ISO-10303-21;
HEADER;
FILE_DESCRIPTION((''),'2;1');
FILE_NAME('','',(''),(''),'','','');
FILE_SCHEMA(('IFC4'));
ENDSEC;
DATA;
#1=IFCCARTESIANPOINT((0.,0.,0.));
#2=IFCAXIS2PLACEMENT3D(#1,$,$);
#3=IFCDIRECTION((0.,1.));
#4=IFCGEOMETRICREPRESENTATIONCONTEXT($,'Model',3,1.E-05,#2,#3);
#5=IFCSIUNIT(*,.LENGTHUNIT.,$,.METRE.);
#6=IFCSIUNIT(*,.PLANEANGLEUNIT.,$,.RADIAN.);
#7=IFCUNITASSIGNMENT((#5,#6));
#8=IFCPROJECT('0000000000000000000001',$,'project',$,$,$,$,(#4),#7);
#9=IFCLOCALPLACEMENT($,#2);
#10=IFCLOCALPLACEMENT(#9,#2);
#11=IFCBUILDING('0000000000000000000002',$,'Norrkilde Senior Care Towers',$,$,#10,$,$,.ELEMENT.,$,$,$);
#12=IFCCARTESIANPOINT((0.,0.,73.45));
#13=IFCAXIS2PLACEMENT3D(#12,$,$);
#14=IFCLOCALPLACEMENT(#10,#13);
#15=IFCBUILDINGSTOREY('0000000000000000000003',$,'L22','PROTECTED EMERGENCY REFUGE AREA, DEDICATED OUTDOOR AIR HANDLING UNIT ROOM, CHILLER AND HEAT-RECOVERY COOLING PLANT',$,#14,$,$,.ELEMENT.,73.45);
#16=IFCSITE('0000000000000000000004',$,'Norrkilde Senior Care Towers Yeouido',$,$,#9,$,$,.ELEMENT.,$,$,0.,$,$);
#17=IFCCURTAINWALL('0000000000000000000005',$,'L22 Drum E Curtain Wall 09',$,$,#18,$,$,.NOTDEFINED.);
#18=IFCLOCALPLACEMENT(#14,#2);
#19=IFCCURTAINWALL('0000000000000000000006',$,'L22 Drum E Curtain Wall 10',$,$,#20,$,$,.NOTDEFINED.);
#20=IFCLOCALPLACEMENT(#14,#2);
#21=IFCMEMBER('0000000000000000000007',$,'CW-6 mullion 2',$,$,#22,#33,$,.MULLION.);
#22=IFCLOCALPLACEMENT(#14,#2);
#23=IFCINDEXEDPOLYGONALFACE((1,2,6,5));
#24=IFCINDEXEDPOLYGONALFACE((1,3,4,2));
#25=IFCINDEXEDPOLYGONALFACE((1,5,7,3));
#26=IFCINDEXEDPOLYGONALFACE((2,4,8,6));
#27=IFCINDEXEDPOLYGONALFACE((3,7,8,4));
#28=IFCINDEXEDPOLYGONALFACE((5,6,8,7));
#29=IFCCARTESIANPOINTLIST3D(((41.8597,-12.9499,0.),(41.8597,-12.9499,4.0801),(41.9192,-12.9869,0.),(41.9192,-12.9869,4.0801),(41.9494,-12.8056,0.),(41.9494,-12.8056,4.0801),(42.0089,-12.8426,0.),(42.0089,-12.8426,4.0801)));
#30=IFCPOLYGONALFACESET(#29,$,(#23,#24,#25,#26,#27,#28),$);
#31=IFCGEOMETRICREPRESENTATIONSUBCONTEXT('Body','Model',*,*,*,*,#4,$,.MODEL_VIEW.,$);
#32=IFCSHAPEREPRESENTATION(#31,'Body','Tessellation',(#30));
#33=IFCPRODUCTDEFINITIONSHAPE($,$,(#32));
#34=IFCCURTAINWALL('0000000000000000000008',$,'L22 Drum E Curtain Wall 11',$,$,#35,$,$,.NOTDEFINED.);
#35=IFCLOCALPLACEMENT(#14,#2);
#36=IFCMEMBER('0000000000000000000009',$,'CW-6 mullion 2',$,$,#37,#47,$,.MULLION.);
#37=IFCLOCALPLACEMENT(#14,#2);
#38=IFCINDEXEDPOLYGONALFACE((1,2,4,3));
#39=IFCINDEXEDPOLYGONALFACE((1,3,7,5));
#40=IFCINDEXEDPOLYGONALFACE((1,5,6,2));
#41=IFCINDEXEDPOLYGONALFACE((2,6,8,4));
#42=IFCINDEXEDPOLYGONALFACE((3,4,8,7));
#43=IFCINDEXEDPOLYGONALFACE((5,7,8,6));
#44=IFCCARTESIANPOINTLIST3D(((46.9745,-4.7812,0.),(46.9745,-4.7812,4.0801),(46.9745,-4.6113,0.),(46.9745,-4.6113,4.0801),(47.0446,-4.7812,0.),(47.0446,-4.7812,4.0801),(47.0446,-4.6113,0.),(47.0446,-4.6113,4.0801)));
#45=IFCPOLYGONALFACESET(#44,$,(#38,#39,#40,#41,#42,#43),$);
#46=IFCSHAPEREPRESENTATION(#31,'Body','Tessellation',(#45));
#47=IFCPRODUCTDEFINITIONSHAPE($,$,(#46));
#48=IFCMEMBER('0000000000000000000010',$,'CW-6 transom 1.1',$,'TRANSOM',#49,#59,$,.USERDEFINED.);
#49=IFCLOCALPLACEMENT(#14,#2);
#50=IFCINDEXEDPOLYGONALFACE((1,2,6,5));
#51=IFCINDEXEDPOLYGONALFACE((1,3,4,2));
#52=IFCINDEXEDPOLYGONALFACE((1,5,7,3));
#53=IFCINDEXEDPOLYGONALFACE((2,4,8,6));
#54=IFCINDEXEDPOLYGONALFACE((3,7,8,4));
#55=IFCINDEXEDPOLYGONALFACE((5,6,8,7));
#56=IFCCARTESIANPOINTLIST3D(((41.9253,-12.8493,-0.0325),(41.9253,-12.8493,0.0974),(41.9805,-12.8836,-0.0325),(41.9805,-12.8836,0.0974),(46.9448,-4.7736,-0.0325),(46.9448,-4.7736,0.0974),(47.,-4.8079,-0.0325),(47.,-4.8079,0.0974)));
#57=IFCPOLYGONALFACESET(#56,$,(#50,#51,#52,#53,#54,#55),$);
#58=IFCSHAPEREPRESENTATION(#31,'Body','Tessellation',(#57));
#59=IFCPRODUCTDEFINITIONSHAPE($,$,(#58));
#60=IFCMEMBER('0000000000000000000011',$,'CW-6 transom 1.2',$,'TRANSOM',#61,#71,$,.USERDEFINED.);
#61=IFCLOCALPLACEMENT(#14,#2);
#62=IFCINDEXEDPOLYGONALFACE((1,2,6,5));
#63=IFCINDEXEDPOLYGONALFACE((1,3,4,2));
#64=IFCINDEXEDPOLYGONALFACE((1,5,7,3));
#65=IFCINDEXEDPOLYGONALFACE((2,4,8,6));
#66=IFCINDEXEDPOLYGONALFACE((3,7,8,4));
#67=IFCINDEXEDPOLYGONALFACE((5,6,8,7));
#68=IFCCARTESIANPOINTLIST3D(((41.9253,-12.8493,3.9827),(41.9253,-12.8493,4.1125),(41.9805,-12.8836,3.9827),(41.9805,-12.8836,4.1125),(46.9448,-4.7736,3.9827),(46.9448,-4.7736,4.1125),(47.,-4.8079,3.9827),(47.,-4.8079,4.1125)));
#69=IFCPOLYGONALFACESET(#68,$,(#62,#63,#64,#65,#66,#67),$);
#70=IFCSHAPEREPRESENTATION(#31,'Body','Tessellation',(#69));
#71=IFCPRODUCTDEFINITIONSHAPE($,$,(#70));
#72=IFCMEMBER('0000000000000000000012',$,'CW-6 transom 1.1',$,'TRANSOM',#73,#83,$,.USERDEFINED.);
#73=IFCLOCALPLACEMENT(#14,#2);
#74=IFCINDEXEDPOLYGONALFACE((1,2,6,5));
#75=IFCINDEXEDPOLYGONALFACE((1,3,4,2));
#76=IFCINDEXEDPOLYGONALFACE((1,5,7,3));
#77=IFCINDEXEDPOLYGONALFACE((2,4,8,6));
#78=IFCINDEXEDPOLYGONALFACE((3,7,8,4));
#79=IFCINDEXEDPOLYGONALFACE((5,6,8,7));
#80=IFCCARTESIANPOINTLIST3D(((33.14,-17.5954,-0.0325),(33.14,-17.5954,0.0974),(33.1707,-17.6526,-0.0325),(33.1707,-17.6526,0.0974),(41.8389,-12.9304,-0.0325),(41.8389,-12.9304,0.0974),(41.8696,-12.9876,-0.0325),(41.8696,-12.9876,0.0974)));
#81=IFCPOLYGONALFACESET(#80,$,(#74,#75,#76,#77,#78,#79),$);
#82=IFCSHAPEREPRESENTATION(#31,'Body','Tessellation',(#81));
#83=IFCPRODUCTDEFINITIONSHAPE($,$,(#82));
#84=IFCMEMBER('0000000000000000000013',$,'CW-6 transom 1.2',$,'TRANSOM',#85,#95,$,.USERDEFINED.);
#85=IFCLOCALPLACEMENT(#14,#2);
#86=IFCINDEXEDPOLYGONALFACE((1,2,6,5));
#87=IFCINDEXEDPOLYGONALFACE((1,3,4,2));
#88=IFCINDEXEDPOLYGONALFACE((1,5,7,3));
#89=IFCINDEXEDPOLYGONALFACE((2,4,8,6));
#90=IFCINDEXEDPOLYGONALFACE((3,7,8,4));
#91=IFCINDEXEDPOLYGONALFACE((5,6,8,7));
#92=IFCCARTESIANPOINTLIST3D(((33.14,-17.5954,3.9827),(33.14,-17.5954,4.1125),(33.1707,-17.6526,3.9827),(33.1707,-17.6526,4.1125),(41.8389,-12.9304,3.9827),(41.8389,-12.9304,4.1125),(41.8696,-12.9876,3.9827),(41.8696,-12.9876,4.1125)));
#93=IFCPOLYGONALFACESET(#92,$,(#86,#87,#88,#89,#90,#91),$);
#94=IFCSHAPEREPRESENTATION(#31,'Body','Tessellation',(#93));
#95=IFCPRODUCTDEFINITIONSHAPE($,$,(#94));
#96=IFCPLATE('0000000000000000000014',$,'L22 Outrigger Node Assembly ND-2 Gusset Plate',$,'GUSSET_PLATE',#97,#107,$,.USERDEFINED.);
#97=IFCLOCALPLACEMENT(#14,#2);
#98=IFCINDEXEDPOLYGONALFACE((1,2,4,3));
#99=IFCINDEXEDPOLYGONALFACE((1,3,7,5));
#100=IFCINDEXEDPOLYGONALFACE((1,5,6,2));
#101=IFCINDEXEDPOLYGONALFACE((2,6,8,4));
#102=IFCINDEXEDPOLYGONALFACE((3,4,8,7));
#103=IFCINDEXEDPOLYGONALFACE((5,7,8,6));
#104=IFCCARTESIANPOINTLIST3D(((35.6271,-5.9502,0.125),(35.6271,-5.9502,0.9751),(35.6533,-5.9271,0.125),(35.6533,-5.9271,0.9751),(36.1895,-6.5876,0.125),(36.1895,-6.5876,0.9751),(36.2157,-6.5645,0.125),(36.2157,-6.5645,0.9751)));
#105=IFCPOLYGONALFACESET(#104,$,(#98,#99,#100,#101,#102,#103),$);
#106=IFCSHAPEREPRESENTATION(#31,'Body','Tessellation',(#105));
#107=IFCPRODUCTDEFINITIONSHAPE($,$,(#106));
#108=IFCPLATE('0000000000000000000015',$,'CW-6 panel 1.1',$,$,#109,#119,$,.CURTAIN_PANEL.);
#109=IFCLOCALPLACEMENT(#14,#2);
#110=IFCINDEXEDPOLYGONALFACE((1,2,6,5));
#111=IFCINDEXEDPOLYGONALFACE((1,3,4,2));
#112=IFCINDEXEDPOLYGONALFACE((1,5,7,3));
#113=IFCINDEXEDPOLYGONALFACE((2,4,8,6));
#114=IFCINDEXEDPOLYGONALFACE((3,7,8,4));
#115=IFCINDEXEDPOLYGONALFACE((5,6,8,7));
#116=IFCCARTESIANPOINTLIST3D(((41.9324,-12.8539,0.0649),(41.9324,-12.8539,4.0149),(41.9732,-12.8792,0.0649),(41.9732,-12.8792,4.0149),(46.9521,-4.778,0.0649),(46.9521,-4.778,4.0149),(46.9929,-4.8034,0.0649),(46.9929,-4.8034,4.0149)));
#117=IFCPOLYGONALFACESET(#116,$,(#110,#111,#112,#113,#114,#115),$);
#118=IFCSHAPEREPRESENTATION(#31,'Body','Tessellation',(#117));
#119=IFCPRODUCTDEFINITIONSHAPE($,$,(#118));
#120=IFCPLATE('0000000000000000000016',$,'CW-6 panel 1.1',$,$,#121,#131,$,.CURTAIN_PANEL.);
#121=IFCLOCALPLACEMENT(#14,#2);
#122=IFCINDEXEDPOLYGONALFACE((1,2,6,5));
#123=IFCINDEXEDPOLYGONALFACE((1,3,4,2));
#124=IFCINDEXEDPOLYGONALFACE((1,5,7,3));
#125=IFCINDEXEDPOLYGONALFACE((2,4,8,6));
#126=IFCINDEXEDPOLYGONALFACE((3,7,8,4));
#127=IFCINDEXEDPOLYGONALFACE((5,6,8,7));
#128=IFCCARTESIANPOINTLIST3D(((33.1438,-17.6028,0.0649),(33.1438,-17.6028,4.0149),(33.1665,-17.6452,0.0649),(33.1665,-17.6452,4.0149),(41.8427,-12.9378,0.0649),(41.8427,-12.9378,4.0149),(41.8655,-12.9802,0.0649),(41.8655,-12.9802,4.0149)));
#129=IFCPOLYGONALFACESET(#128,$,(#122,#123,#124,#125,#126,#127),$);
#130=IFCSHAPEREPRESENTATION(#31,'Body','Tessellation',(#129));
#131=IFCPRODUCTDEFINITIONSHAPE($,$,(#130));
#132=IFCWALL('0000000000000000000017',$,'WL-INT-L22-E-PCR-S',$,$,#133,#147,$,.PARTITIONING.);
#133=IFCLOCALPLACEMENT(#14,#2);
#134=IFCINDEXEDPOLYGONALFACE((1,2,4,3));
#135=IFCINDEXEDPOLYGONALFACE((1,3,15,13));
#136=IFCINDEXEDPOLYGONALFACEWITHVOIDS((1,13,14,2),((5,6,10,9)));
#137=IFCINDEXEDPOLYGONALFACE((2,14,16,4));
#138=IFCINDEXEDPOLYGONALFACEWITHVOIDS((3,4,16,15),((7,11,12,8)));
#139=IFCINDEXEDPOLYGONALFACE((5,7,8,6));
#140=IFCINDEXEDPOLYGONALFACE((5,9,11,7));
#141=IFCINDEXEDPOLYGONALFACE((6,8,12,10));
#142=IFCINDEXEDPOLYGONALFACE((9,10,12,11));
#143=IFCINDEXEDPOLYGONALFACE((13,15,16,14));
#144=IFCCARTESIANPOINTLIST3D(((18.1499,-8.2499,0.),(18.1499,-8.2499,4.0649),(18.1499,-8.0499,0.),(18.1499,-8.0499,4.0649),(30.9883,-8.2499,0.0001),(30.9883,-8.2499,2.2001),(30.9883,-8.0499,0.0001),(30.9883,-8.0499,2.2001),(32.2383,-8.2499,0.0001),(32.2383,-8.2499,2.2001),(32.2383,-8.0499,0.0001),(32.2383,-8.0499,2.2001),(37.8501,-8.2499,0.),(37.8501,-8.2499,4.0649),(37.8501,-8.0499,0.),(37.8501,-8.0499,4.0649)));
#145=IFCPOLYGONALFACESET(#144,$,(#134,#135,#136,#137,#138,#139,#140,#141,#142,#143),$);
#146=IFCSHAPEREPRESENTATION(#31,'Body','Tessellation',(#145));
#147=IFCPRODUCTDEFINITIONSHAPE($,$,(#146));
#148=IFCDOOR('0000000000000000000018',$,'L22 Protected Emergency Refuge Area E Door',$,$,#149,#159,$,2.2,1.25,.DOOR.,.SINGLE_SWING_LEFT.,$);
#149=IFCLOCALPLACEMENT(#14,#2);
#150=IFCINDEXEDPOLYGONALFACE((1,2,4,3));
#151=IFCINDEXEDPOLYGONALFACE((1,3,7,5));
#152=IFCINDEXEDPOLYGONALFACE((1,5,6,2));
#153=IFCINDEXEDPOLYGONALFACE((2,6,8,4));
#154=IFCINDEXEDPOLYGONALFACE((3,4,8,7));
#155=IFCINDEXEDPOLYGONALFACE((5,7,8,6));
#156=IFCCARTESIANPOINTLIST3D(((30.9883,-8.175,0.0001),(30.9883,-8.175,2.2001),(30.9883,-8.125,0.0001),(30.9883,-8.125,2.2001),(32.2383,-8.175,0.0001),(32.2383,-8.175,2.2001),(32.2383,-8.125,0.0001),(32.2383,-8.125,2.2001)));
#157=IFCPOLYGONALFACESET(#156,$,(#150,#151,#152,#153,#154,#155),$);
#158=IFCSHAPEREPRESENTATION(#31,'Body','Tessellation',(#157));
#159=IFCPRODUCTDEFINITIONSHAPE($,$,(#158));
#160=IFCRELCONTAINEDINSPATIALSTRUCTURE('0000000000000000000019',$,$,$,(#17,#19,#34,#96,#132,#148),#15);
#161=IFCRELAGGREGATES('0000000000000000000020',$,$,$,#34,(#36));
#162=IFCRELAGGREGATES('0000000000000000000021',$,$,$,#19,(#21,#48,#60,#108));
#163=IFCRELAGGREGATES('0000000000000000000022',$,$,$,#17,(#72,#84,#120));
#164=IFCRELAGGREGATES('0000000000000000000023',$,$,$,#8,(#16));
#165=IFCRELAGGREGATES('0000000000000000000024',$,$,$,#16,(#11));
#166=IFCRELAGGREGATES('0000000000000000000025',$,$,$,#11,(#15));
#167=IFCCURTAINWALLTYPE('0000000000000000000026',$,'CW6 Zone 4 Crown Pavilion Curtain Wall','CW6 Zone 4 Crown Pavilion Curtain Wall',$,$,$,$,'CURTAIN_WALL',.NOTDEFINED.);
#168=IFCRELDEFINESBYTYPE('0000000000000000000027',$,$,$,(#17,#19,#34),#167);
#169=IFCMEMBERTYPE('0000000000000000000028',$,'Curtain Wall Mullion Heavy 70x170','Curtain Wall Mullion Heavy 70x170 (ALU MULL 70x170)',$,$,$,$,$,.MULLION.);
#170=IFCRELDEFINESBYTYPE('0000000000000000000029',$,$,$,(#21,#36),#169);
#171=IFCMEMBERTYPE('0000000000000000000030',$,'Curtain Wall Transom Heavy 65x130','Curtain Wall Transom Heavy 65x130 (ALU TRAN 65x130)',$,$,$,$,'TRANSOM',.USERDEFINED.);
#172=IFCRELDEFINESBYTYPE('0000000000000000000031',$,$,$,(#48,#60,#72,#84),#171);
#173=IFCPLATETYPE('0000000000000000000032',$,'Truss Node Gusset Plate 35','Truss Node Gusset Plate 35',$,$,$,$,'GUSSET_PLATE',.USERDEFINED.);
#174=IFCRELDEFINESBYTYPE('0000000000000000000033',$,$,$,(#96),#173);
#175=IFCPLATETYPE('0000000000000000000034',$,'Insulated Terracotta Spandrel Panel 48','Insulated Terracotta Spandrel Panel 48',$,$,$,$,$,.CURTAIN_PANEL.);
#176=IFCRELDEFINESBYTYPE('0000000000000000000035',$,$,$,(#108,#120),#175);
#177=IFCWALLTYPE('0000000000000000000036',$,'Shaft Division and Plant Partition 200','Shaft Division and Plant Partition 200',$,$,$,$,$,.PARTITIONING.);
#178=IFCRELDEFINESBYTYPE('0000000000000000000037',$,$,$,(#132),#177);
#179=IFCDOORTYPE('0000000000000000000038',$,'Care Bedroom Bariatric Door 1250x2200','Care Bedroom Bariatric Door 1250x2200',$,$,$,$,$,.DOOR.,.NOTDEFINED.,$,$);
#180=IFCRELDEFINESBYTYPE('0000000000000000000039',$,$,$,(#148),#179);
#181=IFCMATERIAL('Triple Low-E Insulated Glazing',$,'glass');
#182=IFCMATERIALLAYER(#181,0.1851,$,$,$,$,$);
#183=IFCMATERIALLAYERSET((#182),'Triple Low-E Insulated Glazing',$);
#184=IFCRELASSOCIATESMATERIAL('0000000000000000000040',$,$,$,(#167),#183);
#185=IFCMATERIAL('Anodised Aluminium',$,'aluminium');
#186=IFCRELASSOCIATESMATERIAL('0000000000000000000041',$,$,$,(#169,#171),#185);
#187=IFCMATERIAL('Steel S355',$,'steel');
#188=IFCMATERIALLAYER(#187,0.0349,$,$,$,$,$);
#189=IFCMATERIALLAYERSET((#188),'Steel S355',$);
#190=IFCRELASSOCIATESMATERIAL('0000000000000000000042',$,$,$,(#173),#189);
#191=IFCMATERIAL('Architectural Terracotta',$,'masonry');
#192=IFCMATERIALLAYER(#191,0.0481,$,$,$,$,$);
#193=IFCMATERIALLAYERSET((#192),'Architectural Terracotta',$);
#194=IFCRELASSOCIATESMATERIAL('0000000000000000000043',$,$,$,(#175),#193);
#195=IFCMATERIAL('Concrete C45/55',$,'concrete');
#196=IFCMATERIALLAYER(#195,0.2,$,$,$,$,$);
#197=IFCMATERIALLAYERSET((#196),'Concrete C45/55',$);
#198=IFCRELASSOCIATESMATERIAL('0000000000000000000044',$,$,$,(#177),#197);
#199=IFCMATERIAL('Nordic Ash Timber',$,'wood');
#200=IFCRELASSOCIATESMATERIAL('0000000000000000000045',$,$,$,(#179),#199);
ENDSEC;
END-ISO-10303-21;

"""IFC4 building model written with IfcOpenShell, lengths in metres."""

from ifc_helpers import new_model, si_unit, direction, frame, frame_2d, origin, origin_2d, place, context, subcontext, project, spatial, rectangle, extrude, source, transform, mapped, material, layer, layer_set, material_profile, profile_set, type_object, type_shapes, element, fill, aggregate, save


model = new_model("IFC4")

# Units and contexts
model_context = context("Model", 3, precision=1e-05, world=origin(), true_north=direction((0.0, 1.0)))
body_context = subcontext(model_context, "Body", "Model", "MODEL_VIEW")
ifc_project = project(units=[si_unit("LENGTHUNIT", "METRE"), si_unit("PLANEANGLEUNIT", "RADIAN")], contexts=[model_context])

# Site, building, storey
site_placement = place(None, origin())
site = spatial("IfcSite", under=ifc_project, at=site_placement, Name="Norrkilde Senior Care Towers Yeouido", CompositionType="ELEMENT", RefElevation=0.0)
building_placement = place(site_placement, origin())
building = spatial("IfcBuilding", under=site, at=building_placement, Name="Norrkilde Senior Care Towers", CompositionType="ELEMENT")
storey_placement = place(building_placement, frame((0.0, 0.0, 73.45)))
storey = spatial("IfcBuildingStorey", under=building, at=storey_placement, Name="L22", Description="PROTECTED EMERGENCY REFUGE AREA, DEDICATED OUTDOOR AIR HANDLING UNIT ROOM, CHILLER AND HEAT-RECOVERY COOLING PLANT", CompositionType="ELEMENT", Elevation=73.45)

# Shared definitions
ifc_material_1 = material(Name="Steel S355", Category="steel")

# Curtain wall
ifc_material_2 = material(Name="Triple Low-E Insulated Glazing", Category="glass")
ifc_layer_1 = layer(ifc_material_2, 0.1851)
ifc_layer_set_1 = layer_set([ifc_layer_1], Name="Triple Low-E Insulated Glazing")
curtain_wall_type = type_object("IfcCurtainWallType", Name="CW6 Zone 4 Crown Pavilion Curtain Wall", Description="CW6 Zone 4 Crown Pavilion Curtain Wall", ElementType="CURTAIN_WALL", PredefinedType="NOTDEFINED", material=ifc_layer_set_1)
curtain_wall_1_placement = place(storey_placement, origin())
curtain_wall_1 = element("IfcCurtainWall", 1, at=curtain_wall_1_placement, inside=storey, type_object=curtain_wall_type, Name="L22 Drum E Curtain Wall 09", PredefinedType="NOTDEFINED")
ifc_material_3 = material(Name="Anodised Aluminium", Category="aluminium")
ifc_material_profile_1 = material_profile(ifc_material_3, rectangle(XDim=0.0701, YDim=0.1699, at=origin_2d()), Name="ALU MULL 70x170")
ifc_profile_set_1 = profile_set([ifc_material_profile_1], Name="Anodised Aluminium")
member_type_1 = type_object("IfcMemberType", Name="Curtain Wall Mullion Heavy 70x170", Description="Curtain Wall Mullion Heavy 70x170 (ALU MULL 70x170)", PredefinedType="MULLION", material=ifc_profile_set_1)
shared_shape_1 = source(origin(), body_context, "Body", "SweptSolid", [
    extrude(rectangle(XDim=0.0701, YDim=0.1699, at=origin_2d()), origin(), (0.0, 0.0, 1.0), 4.0801),
])
type_shapes(member_type_1, [shared_shape_1])

# Curtain wall, member
curtain_wall_2_placement = place(storey_placement, origin())
curtain_wall_2 = element("IfcCurtainWall", 2, at=curtain_wall_2_placement, inside=storey, type_object=curtain_wall_type, Name="L22 Drum E Curtain Wall 10", PredefinedType="NOTDEFINED")
member_1_placement = place(storey_placement, frame((41.9343, -12.8962, 0.0), z_axis=(0.0, 0.0, 1.0), x_axis=(0.849306, -0.527901, 0.0)))
member_1 = element("IfcMember", 3, at=member_1_placement, type_object=member_type_1, Name="CW-6 mullion 2", PredefinedType="MULLION", context=body_context, shape_type="MappedRepresentation", body=[
    mapped(shared_shape_1, transform((0.0, 0.0, 0.0), x_axis=(1.0, 0.0, 0.0), y_axis=(0.0, 1.0, 0.0), z_axis=(0.0, 0.0, 1.0), scale=1.0)),
])

# Curtain wall, member
curtain_wall_3_placement = place(storey_placement, origin())
curtain_wall_3 = element("IfcCurtainWall", 4, at=curtain_wall_3_placement, inside=storey, type_object=curtain_wall_type, Name="L22 Drum E Curtain Wall 11", PredefinedType="NOTDEFINED")
member_2_placement = place(storey_placement, frame((47.0095, -4.6963, 0.0), z_axis=(0.0, 0.0, 1.0), x_axis=(1.0, 0.0, 0.0)))
member_2 = element("IfcMember", 5, at=member_2_placement, type_object=member_type_1, Name="CW-6 mullion 2", PredefinedType="MULLION", context=body_context, shape_type="MappedRepresentation", body=[
    mapped(shared_shape_1, transform((0.0, 0.0, 0.0), x_axis=(1.0, 0.0, 0.0), y_axis=(0.0, 1.0, 0.0), z_axis=(0.0, 0.0, 1.0), scale=1.0)),
])
aggregate(curtain_wall_3, [member_2])

# Members
ifc_material_profile_2 = material_profile(ifc_material_3, rectangle(XDim=0.0649, YDim=0.1299, at=origin_2d()), Name="ALU TRAN 65x130")
ifc_profile_set_2 = profile_set([ifc_material_profile_2], Name="Anodised Aluminium")
member_type_2 = type_object("IfcMemberType", Name="Curtain Wall Transom Heavy 65x130", Description="Curtain Wall Transom Heavy 65x130 (ALU TRAN 65x130)", ElementType="TRANSOM", PredefinedType="USERDEFINED", material=ifc_profile_set_2)
shared_shape_2 = source(origin(), body_context, "Body", "SweptSolid", [
    extrude(rectangle(XDim=0.0649, YDim=0.1299, at=origin_2d()), origin(), (0.0, 0.0, 1.0), 9.5085),
])
member_3_placement = place(storey_placement, frame((46.9724, -4.7908, 0.0325), z_axis=(-0.527897, -0.849308, 0.0), x_axis=(0.849308, -0.527897, 0.0)))
member_3 = element("IfcMember", 6, at=member_3_placement, type_object=member_type_2, Name="CW-6 transom 1.1", ObjectType="TRANSOM", PredefinedType="USERDEFINED", context=body_context, shape_type="MappedRepresentation", body=[
    mapped(shared_shape_2, transform((0.0, 0.0, 0.0), x_axis=(1.0, 0.0, 0.0), y_axis=(0.0, 1.0, 0.0), z_axis=(0.0, 0.0, 1.0), scale=1.0)),
])
member_4_placement = place(storey_placement, frame((46.9724, -4.7908, 4.0476), z_axis=(-0.527897, -0.849308, 0.0), x_axis=(0.849308, -0.527897, 0.0)))
member_4 = element("IfcMember", 7, at=member_4_placement, type_object=member_type_2, Name="CW-6 transom 1.2", ObjectType="TRANSOM", PredefinedType="USERDEFINED", context=body_context, shape_type="MappedRepresentation", body=[
    mapped(shared_shape_2, transform((0.0, 0.0, 0.0), x_axis=(1.0, 0.0, 0.0), y_axis=(0.0, 1.0, 0.0), z_axis=(0.0, 0.0, 1.0), scale=1.0)),
])
shared_shape_3 = source(origin(), body_context, "Body", "SweptSolid", [
    extrude(rectangle(XDim=0.0649, YDim=0.1299, at=origin_2d()), origin(), (0.0, 0.0, 1.0), 9.8708),
])
type_shapes(member_type_2, [shared_shape_2, shared_shape_3])
member_5_placement = place(storey_placement, frame((41.8542, -12.959, 0.0325), z_axis=(-0.881274, -0.472605, 0.0), x_axis=(0.472605, -0.881274, 0.0)))
member_5 = element("IfcMember", 8, at=member_5_placement, type_object=member_type_2, Name="CW-6 transom 1.1", ObjectType="TRANSOM", PredefinedType="USERDEFINED", context=body_context, shape_type="MappedRepresentation", body=[
    mapped(shared_shape_3, transform((0.0, 0.0, 0.0), x_axis=(1.0, 0.0, 0.0), y_axis=(0.0, 1.0, 0.0), z_axis=(0.0, 0.0, 1.0), scale=1.0)),
])
member_6_placement = place(storey_placement, frame((41.8542, -12.959, 4.0476), z_axis=(-0.881274, -0.472605, 0.0), x_axis=(0.472605, -0.881274, 0.0)))
member_6 = element("IfcMember", 9, at=member_6_placement, type_object=member_type_2, Name="CW-6 transom 1.2", ObjectType="TRANSOM", PredefinedType="USERDEFINED", context=body_context, shape_type="MappedRepresentation", body=[
    mapped(shared_shape_3, transform((0.0, 0.0, 0.0), x_axis=(1.0, 0.0, 0.0), y_axis=(0.0, 1.0, 0.0), z_axis=(0.0, 0.0, 1.0), scale=1.0)),
])

# Plates
ifc_layer_2 = layer(ifc_material_1, 0.0349)
ifc_layer_set_2 = layer_set([ifc_layer_2], Name="Steel S355")
plate_type_1 = type_object("IfcPlateType", Name="Truss Node Gusset Plate 35", Description="Truss Node Gusset Plate 35", ElementType="GUSSET_PLATE", PredefinedType="USERDEFINED", material=ifc_layer_set_2)
shared_shape_4 = source(origin(), body_context, "Body", "SweptSolid", [
    extrude(rectangle(XDim=0.8501, YDim=0.0349, at=origin_2d()), origin(), (0.0, 0.0, 1.0), 0.8501),
])
type_shapes(plate_type_1, [shared_shape_4])
plate_1_placement = place(storey_placement, frame((35.9214, -6.2573, 0.125), z_axis=(0.0, 0.0, 1.0), x_axis=(0.661622, -0.749838, 0.0)))
element("IfcPlate", 10, at=plate_1_placement, inside=storey, type_object=plate_type_1, Name="L22 Outrigger Node Assembly ND-2 Gusset Plate", ObjectType="GUSSET_PLATE", PredefinedType="USERDEFINED", context=body_context, shape_type="MappedRepresentation", body=[
    mapped(shared_shape_4, transform((0.0, 0.0, 0.0), x_axis=(1.0, 0.0, 0.0), y_axis=(0.0, 1.0, 0.0), z_axis=(0.0, 0.0, 1.0), scale=1.0)),
])
ifc_material_4 = material(Name="Architectural Terracotta", Category="masonry")
ifc_layer_3 = layer(ifc_material_4, 0.0481)
ifc_layer_set_3 = layer_set([ifc_layer_3], Name="Architectural Terracotta")
plate_type_2 = type_object("IfcPlateType", Name="Insulated Terracotta Spandrel Panel 48", Description="Insulated Terracotta Spandrel Panel 48", PredefinedType="CURTAIN_PANEL", material=ifc_layer_set_3)
shared_shape_5 = source(origin(), body_context, "Body", "SweptSolid", [
    extrude(rectangle(XDim=9.5088, YDim=0.0481, at=origin_2d()), origin(), (0.0, 0.0, 1.0), 3.95),
])
plate_2_placement = place(storey_placement, frame((44.4626, -8.8286, 0.0649), z_axis=(0.0, 0.0, 1.0), x_axis=(-0.527901, -0.849306, 0.0)))
plate_2 = element("IfcPlate", 11, at=plate_2_placement, type_object=plate_type_2, Name="CW-6 panel 1.1", PredefinedType="CURTAIN_PANEL", context=body_context, shape_type="MappedRepresentation", body=[
    mapped(shared_shape_5, transform((0.0, 0.0, 0.0), x_axis=(1.0, 0.0, 0.0), y_axis=(0.0, 1.0, 0.0), z_axis=(0.0, 0.0, 1.0), scale=1.0)),
])
aggregate(curtain_wall_2, [member_1, member_3, member_4, plate_2])
shared_shape_6 = source(origin(), body_context, "Body", "SweptSolid", [
    extrude(rectangle(XDim=9.8708, YDim=0.0481, at=origin_2d()), origin(), (0.0, 0.0, 1.0), 3.95),
])
type_shapes(plate_type_2, [shared_shape_5, shared_shape_6])
plate_3_placement = place(storey_placement, frame((37.5046, -15.2915, 0.0649), z_axis=(0.0, 0.0, 1.0), x_axis=(-0.881273, -0.472608, 0.0)))
plate_3 = element("IfcPlate", 12, at=plate_3_placement, type_object=plate_type_2, Name="CW-6 panel 1.1", PredefinedType="CURTAIN_PANEL", context=body_context, shape_type="MappedRepresentation", body=[
    mapped(shared_shape_6, transform((0.0, 0.0, 0.0), x_axis=(1.0, 0.0, 0.0), y_axis=(0.0, 1.0, 0.0), z_axis=(0.0, 0.0, 1.0), scale=1.0)),
])
aggregate(curtain_wall_1, [member_5, member_6, plate_3])

# Wall, opening, door
ifc_material_5 = material(Name="Concrete C45/55", Category="concrete")
ifc_layer_4 = layer(ifc_material_5, 0.2)
ifc_layer_set_4 = layer_set([ifc_layer_4], Name="Concrete C45/55")
wall_type = type_object("IfcWallType", Name="Shaft Division and Plant Partition 200", Description="Shaft Division and Plant Partition 200", PredefinedType="PARTITIONING", material=ifc_layer_set_4)
shared_shape_7 = source(origin(), body_context, "Body", "SweptSolid", [
    extrude(rectangle(XDim=19.7002, YDim=0.2, at=frame_2d((9.8501, 0.0))), origin(), (0.0, 0.0, 1.0), 4.0649),
])
wall_1_placement = place(storey_placement, frame((37.8501, -8.1499, 0.0), z_axis=(0.0, 0.0, 1.0), x_axis=(-1.0, 0.0, 0.0)))
wall_1 = element("IfcWall", 13, at=wall_1_placement, inside=storey, type_object=wall_type, Name="WL-INT-L22-E-PCR-S", PredefinedType="PARTITIONING", context=body_context, shape_type="MappedRepresentation", body=[
    mapped(shared_shape_7, transform((0.0, 0.0, 0.0), x_axis=(1.0, 0.0, 0.0), y_axis=(0.0, 1.0, 0.0), z_axis=(0.0, 0.0, 1.0), scale=1.0)),
])
opening_placement = place(wall_1_placement, frame((5.6118, 0.0, 0.0)))
opening = element("IfcOpeningElement", 14, at=opening_placement, cuts=wall_1, PredefinedType="OPENING", context=body_context, shape_type="SweptSolid", body=[
    extrude(rectangle(XDim=1.25, YDim=2.2, at=frame_2d((0.625, 1.1001))), frame((0.0, 0.1099, 0.0), z_axis=(0.0, -1.0, 0.0), x_axis=(1.0, 0.0, 0.0)), (0.0, 0.0, 1.0), 0.22),
])
ifc_material_6 = material(Name="Nordic Ash Timber", Category="wood")
door_type = type_object("IfcDoorType", Name="Care Bedroom Bariatric Door 1250x2200", Description="Care Bedroom Bariatric Door 1250x2200", OperationType="NOTDEFINED", PredefinedType="DOOR", material=ifc_material_6)
shared_shape_8 = source(origin(), body_context, "Body", "SweptSolid", [
    extrude(rectangle(XDim=1.25, YDim=2.2, at=frame_2d((0.625, 1.1001))), frame((0.0, 0.0249, 0.0), z_axis=(0.0, -1.0, 0.0), x_axis=(1.0, 0.0, 0.0)), (0.0, 0.0, 1.0), 0.05),
])
type_shapes(door_type, [shared_shape_8])
door_placement = place(opening_placement, frame((1.25, 0.0, 0.0), z_axis=(0.0, 0.0, 1.0), x_axis=(-1.0, 0.0, 0.0)))
door = element("IfcDoor", 15, at=door_placement, inside=storey, type_object=door_type, Name="L22 Protected Emergency Refuge Area E Door", OperationType="SINGLE_SWING_LEFT", OverallHeight=2.2, OverallWidth=1.25, PredefinedType="DOOR", context=body_context, shape_type="MappedRepresentation", body=[
    mapped(shared_shape_8, transform((0.0, 0.0, 0.0), x_axis=(1.0, 0.0, 0.0), y_axis=(0.0, 1.0, 0.0), z_axis=(0.0, 0.0, 1.0), scale=1.0)),
])
fill(opening, door)

save(model, "model.ifc")
